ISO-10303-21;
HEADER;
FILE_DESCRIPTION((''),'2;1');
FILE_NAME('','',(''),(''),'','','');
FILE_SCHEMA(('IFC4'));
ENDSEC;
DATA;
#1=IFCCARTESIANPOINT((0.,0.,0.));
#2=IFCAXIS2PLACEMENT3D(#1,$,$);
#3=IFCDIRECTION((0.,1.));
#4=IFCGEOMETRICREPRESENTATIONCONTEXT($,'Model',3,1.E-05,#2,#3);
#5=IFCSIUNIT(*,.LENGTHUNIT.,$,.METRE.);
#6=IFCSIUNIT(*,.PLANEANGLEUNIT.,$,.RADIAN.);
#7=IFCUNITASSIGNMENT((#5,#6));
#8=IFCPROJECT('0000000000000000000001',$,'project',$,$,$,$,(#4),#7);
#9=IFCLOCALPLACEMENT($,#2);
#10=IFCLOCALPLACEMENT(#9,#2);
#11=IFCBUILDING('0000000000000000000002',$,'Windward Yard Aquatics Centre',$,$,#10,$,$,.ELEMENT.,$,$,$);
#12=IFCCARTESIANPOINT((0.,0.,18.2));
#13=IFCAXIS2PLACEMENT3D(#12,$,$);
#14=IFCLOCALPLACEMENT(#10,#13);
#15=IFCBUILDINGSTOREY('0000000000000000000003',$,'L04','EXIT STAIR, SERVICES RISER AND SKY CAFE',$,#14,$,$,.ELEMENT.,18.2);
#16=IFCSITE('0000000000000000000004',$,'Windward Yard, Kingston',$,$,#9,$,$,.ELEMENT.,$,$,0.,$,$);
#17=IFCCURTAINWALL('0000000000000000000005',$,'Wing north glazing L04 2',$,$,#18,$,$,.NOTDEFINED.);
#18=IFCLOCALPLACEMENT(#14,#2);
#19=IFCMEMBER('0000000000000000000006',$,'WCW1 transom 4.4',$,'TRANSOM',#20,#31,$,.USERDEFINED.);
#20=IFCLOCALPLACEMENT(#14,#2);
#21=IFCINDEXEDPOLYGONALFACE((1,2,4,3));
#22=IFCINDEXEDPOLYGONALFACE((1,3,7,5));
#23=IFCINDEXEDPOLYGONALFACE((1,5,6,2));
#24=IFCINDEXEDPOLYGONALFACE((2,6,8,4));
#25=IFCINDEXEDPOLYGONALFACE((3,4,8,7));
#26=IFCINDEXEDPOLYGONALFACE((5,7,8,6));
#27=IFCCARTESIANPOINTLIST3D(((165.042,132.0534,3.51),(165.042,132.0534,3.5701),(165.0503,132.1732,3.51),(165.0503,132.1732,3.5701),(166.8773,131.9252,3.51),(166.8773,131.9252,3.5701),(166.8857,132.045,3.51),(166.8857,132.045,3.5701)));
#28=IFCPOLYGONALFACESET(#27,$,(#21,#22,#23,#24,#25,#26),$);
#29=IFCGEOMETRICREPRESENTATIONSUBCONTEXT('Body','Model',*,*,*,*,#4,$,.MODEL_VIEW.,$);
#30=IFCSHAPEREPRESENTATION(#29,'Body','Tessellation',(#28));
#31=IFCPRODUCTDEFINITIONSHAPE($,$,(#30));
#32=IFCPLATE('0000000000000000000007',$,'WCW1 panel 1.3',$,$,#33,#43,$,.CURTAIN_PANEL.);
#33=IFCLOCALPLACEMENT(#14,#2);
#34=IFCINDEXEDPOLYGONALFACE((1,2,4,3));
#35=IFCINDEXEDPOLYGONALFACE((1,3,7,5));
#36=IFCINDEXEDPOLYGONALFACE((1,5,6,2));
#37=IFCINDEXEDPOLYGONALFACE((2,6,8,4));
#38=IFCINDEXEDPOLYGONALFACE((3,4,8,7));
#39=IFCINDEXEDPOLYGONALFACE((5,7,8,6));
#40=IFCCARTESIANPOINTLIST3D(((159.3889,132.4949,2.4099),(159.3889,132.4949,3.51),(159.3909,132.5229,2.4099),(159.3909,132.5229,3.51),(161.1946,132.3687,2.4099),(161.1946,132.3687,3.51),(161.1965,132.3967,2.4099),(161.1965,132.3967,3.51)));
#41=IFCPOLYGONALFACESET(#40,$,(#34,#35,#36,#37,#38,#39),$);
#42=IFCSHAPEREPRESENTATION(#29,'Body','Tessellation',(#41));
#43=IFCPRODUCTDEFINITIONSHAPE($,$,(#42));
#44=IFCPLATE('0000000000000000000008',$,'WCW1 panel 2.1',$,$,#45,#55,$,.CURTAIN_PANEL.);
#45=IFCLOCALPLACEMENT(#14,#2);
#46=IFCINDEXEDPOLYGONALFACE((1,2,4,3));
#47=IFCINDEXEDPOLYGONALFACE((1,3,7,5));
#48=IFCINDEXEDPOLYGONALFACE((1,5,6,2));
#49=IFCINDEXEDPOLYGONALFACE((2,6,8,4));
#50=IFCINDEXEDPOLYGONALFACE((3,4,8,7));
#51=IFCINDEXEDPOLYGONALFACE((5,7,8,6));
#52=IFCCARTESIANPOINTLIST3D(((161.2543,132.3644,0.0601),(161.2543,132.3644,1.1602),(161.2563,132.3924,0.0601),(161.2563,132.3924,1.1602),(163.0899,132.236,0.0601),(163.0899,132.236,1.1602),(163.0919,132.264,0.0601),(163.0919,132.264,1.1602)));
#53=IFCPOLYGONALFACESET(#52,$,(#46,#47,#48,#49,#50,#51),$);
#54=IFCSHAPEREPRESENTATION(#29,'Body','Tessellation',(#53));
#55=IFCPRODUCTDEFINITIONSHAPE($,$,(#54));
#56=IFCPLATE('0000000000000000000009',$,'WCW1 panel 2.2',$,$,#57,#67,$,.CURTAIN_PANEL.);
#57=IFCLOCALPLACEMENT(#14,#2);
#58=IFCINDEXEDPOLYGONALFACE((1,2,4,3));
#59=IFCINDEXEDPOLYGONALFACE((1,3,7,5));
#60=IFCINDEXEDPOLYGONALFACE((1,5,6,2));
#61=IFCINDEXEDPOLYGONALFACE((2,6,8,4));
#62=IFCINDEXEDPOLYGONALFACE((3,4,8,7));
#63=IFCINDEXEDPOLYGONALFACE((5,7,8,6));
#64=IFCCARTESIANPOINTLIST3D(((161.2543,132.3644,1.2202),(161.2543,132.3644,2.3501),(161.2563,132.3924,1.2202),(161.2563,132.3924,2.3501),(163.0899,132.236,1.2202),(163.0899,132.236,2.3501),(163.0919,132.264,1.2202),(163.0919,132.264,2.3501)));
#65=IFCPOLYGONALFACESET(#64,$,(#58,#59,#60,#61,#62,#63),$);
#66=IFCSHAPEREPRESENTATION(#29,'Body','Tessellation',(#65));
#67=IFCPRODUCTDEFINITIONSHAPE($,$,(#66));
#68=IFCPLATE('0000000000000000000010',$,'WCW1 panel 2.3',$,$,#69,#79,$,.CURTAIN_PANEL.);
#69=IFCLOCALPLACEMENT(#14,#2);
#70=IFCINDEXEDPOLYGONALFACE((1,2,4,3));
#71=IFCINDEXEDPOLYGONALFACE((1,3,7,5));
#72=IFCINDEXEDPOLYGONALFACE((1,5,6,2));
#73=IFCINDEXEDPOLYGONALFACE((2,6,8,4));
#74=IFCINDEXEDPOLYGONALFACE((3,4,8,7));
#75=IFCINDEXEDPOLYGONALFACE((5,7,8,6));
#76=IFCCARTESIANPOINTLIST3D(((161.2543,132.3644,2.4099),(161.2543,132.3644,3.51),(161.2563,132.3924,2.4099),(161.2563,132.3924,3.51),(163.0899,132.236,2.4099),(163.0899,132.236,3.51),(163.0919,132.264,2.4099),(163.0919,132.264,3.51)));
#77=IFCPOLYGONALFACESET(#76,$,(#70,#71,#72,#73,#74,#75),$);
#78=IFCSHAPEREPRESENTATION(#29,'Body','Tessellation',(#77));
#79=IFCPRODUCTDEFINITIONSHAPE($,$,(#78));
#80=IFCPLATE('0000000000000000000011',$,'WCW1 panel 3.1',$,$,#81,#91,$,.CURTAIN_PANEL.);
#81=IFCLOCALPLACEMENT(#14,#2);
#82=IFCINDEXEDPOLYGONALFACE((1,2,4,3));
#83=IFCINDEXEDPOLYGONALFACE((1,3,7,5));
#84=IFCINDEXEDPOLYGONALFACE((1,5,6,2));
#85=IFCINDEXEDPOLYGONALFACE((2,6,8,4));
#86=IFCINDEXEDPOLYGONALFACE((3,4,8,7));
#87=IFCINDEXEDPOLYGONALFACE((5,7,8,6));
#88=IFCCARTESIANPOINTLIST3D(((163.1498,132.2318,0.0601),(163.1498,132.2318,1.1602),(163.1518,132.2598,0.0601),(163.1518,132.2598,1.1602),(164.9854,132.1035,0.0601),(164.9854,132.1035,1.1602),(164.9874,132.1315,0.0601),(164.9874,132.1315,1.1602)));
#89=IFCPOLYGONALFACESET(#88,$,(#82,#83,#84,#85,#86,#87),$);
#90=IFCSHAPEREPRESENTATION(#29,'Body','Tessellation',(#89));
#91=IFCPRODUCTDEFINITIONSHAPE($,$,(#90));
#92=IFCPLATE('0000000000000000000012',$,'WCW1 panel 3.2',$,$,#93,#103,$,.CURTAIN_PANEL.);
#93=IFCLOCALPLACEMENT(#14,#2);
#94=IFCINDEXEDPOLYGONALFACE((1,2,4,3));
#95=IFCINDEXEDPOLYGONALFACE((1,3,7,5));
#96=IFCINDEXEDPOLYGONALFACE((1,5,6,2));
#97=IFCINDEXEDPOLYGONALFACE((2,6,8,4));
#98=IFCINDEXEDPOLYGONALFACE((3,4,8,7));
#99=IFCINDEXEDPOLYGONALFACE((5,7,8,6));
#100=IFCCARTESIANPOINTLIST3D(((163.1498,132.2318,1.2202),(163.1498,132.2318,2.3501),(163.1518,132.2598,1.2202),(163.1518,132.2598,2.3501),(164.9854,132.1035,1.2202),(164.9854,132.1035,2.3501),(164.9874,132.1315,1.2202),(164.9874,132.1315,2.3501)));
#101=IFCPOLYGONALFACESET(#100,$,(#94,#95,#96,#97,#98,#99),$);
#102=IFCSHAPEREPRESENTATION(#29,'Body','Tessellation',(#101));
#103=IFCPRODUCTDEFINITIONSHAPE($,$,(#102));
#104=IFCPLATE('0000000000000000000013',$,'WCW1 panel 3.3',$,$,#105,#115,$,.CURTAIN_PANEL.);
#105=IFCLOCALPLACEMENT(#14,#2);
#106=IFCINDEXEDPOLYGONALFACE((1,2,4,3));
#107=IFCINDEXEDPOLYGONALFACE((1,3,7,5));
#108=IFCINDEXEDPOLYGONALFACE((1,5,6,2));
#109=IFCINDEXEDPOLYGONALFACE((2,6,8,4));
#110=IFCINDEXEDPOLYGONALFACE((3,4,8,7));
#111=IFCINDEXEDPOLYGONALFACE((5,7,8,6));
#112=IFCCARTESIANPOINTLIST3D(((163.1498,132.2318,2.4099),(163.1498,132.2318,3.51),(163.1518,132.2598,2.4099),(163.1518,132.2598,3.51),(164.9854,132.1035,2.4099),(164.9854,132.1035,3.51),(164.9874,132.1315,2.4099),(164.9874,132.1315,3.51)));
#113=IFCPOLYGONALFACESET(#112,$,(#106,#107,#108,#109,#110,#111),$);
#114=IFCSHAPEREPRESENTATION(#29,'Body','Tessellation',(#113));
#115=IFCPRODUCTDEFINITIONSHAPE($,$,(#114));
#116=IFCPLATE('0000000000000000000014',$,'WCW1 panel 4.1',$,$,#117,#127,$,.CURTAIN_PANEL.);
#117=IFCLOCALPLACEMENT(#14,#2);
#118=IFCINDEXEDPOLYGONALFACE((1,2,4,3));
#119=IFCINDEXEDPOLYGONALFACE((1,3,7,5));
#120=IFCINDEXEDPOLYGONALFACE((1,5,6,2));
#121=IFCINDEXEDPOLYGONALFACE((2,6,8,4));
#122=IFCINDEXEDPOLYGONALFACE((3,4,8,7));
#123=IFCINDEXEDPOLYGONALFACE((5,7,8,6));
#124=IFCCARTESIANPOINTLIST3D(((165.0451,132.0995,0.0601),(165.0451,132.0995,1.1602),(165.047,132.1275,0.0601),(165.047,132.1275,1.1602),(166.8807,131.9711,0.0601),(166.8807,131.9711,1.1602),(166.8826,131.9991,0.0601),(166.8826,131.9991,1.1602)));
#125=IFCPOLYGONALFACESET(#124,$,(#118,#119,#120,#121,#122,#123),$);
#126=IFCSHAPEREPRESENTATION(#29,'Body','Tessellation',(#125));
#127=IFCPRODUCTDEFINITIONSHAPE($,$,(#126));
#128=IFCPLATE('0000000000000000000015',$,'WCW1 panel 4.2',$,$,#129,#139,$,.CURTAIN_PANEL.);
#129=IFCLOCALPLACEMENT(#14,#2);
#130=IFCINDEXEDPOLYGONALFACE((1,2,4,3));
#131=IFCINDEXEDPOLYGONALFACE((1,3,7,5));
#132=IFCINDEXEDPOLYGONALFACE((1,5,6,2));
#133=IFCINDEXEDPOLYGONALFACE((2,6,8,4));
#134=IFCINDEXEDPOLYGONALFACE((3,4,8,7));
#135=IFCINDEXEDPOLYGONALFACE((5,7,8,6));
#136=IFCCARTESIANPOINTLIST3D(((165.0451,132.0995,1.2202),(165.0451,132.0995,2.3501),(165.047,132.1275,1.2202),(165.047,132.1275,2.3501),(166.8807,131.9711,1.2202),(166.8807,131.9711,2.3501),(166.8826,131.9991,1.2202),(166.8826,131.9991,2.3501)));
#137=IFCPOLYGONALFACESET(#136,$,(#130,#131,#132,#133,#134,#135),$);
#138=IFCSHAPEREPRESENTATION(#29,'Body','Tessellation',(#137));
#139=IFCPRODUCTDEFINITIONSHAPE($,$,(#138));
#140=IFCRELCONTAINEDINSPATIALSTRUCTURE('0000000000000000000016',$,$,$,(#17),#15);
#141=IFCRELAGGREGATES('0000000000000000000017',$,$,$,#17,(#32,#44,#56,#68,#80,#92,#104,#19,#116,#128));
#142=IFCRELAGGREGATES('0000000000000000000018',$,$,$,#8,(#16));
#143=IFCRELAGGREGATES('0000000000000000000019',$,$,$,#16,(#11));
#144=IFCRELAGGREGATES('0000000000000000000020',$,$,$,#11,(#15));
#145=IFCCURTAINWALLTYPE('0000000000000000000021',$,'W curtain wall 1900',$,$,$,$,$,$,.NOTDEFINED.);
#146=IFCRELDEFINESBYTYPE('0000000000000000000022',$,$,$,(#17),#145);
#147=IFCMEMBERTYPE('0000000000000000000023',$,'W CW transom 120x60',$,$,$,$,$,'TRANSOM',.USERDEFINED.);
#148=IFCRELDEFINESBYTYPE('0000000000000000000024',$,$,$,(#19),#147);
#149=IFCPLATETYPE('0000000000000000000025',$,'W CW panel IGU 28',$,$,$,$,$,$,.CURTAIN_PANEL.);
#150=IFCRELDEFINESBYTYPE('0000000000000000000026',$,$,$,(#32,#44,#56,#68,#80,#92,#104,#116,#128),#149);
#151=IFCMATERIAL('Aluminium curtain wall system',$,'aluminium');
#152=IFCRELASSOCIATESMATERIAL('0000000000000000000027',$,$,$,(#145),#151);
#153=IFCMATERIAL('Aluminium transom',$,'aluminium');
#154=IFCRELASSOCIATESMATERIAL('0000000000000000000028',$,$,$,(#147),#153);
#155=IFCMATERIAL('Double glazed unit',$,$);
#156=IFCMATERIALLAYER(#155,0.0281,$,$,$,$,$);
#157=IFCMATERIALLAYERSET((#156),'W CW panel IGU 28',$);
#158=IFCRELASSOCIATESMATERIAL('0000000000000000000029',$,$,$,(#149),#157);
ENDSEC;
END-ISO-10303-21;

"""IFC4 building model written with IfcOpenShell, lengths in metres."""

from ifc_helpers import new_model, si_unit, direction, frame, origin, origin_2d, place, context, subcontext, project, spatial, rectangle, extrude, material, layer, layer_set, material_profile, profile_set, type_object, element, aggregate, save


model = new_model("IFC4")

# Units and contexts
model_context = context("Model", 3, precision=1e-05, world=origin(), true_north=direction((0.0, 1.0)))
body_context = subcontext(model_context, "Body", "Model", "MODEL_VIEW")
ifc_project = project(units=[si_unit("LENGTHUNIT", "METRE"), si_unit("PLANEANGLEUNIT", "RADIAN")], contexts=[model_context])

# Site, building, storey
site_placement = place(None, origin())
site = spatial("IfcSite", under=ifc_project, at=site_placement, Name="Windward Yard, Kingston", CompositionType="ELEMENT", RefElevation=0.0)
building_placement = place(site_placement, origin())
building = spatial("IfcBuilding", under=site, at=building_placement, Name="Windward Yard Aquatics Centre", CompositionType="ELEMENT")
storey_placement = place(building_placement, frame((0.0, 0.0, 18.2)))
storey = spatial("IfcBuildingStorey", under=building, at=storey_placement, Name="L04", Description="EXIT STAIR, SERVICES RISER AND SKY CAFE", CompositionType="ELEMENT", Elevation=18.2)

# Curtain wall, member, plates
ifc_material_1 = material(Name="Aluminium curtain wall system", Category="aluminium")
curtain_wall_type = type_object("IfcCurtainWallType", Name="W curtain wall 1900", PredefinedType="NOTDEFINED", material=ifc_material_1)
curtain_wall_placement = place(storey_placement, origin())
curtain_wall = element("IfcCurtainWall", 1, at=curtain_wall_placement, inside=storey, type_object=curtain_wall_type, Name="Wing north glazing L04 2", PredefinedType="NOTDEFINED")
ifc_material_2 = material(Name="Aluminium transom", Category="aluminium")
ifc_material_profile_1 = material_profile(ifc_material_2, rectangle(XDim=0.1201, YDim=0.0601, at=origin_2d()), Name="AL 120x60")
ifc_profile_set_1 = profile_set([ifc_material_profile_1], Name="Aluminium transom")
member_type_1 = type_object("IfcMemberType", Name="W CW transom 120x60", ElementType="TRANSOM", PredefinedType="USERDEFINED", material=ifc_profile_set_1)
member_1_placement = place(storey_placement, frame((165.0461, 132.1133, 3.54), z_axis=(0.997571, -0.069663, 0.0), x_axis=(0.069663, 0.997571, 0.0)))
member_1 = element("IfcMember", 2, at=member_1_placement, type_object=member_type_1, Name="WCW1 transom 4.4", ObjectType="TRANSOM", PredefinedType="USERDEFINED", context=body_context, shape_type="SweptSolid", body=[
    extrude(rectangle(XDim=0.1201, YDim=0.0601, at=origin_2d()), origin(), (0.0, 0.0, 1.0), 1.8398),
])
ifc_material_3 = material(Name="Double glazed unit")
ifc_layer = layer(ifc_material_3, 0.0281)
ifc_layer_set = layer_set([ifc_layer], Name="W CW panel IGU 28")
plate_type = type_object("IfcPlateType", Name="W CW panel IGU 28", PredefinedType="CURTAIN_PANEL", material=ifc_layer_set)
plate_1_placement = place(storey_placement, frame((160.2927, 132.4458, 2.4099), z_axis=(0.0, 0.0, 1.0), x_axis=(0.997564, -0.069758, 0.0)))
plate_1 = element("IfcPlate", 3, at=plate_1_placement, type_object=plate_type, Name="WCW1 panel 1.3", PredefinedType="CURTAIN_PANEL", context=body_context, shape_type="SweptSolid", body=[
    extrude(rectangle(XDim=1.8101, YDim=0.0281, at=origin_2d()), origin(), (0.0, 0.0, 1.0), 1.1001),
])
plate_2_placement = place(storey_placement, frame((162.1731, 132.3142, 0.0601), z_axis=(0.0, 0.0, 1.0), x_axis=(0.997564, -0.069758, 0.0)))
plate_2 = element("IfcPlate", 4, at=plate_2_placement, type_object=plate_type, Name="WCW1 panel 2.1", PredefinedType="CURTAIN_PANEL", context=body_context, shape_type="SweptSolid", body=[
    extrude(rectangle(XDim=1.8401, YDim=0.0281, at=origin_2d()), origin(), (0.0, 0.0, 1.0), 1.1001),
])
plate_3_placement = place(storey_placement, frame((162.1731, 132.3142, 1.2202), z_axis=(0.0, 0.0, 1.0), x_axis=(0.997564, -0.069758, 0.0)))
plate_3 = element("IfcPlate", 5, at=plate_3_placement, type_object=plate_type, Name="WCW1 panel 2.2", PredefinedType="CURTAIN_PANEL", context=body_context, shape_type="SweptSolid", body=[
    extrude(rectangle(XDim=1.8401, YDim=0.0281, at=origin_2d()), origin(), (0.0, 0.0, 1.0), 1.1299),
])
plate_4_placement = place(storey_placement, frame((162.1731, 132.3142, 2.4099), z_axis=(0.0, 0.0, 1.0), x_axis=(0.997564, -0.069758, 0.0)))
plate_4 = element("IfcPlate", 6, at=plate_4_placement, type_object=plate_type, Name="WCW1 panel 2.3", PredefinedType="CURTAIN_PANEL", context=body_context, shape_type="SweptSolid", body=[
    extrude(rectangle(XDim=1.8401, YDim=0.0281, at=origin_2d()), origin(), (0.0, 0.0, 1.0), 1.1001),
])
plate_5_placement = place(storey_placement, frame((164.0686, 132.1816, 0.0601), z_axis=(0.0, 0.0, 1.0), x_axis=(0.997564, -0.069758, 0.0)))
plate_5 = element("IfcPlate", 7, at=plate_5_placement, type_object=plate_type, Name="WCW1 panel 3.1", PredefinedType="CURTAIN_PANEL", context=body_context, shape_type="SweptSolid", body=[
    extrude(rectangle(XDim=1.8401, YDim=0.0281, at=origin_2d()), origin(), (0.0, 0.0, 1.0), 1.1001),
])
plate_6_placement = place(storey_placement, frame((164.0686, 132.1816, 1.2202), z_axis=(0.0, 0.0, 1.0), x_axis=(0.997564, -0.069758, 0.0)))
plate_6 = element("IfcPlate", 8, at=plate_6_placement, type_object=plate_type, Name="WCW1 panel 3.2", PredefinedType="CURTAIN_PANEL", context=body_context, shape_type="SweptSolid", body=[
    extrude(rectangle(XDim=1.8401, YDim=0.0281, at=origin_2d()), origin(), (0.0, 0.0, 1.0), 1.1299),
])
plate_7_placement = place(storey_placement, frame((164.0686, 132.1816, 2.4099), z_axis=(0.0, 0.0, 1.0), x_axis=(0.997564, -0.069758, 0.0)))
plate_7 = element("IfcPlate", 9, at=plate_7_placement, type_object=plate_type, Name="WCW1 panel 3.3", PredefinedType="CURTAIN_PANEL", context=body_context, shape_type="SweptSolid", body=[
    extrude(rectangle(XDim=1.8401, YDim=0.0281, at=origin_2d()), origin(), (0.0, 0.0, 1.0), 1.1001),
])
plate_8_placement = place(storey_placement, frame((165.9639, 132.0493, 0.0601), z_axis=(0.0, 0.0, 1.0), x_axis=(0.997564, -0.069758, 0.0)))
plate_8 = element("IfcPlate", 10, at=plate_8_placement, type_object=plate_type, Name="WCW1 panel 4.1", PredefinedType="CURTAIN_PANEL", context=body_context, shape_type="SweptSolid", body=[
    extrude(rectangle(XDim=1.8401, YDim=0.0281, at=origin_2d()), origin(), (0.0, 0.0, 1.0), 1.1001),
])
plate_9_placement = place(storey_placement, frame((165.9639, 132.0493, 1.2202), z_axis=(0.0, 0.0, 1.0), x_axis=(0.997564, -0.069758, 0.0)))
plate_9 = element("IfcPlate", 11, at=plate_9_placement, type_object=plate_type, Name="WCW1 panel 4.2", PredefinedType="CURTAIN_PANEL", context=body_context, shape_type="SweptSolid", body=[
    extrude(rectangle(XDim=1.8401, YDim=0.0281, at=origin_2d()), origin(), (0.0, 0.0, 1.0), 1.1299),
])
aggregate(curtain_wall, [plate_1, plate_2, plate_3, plate_4, plate_5, plate_6, plate_7, member_1, plate_8, plate_9])

save(model, "model.ifc")
